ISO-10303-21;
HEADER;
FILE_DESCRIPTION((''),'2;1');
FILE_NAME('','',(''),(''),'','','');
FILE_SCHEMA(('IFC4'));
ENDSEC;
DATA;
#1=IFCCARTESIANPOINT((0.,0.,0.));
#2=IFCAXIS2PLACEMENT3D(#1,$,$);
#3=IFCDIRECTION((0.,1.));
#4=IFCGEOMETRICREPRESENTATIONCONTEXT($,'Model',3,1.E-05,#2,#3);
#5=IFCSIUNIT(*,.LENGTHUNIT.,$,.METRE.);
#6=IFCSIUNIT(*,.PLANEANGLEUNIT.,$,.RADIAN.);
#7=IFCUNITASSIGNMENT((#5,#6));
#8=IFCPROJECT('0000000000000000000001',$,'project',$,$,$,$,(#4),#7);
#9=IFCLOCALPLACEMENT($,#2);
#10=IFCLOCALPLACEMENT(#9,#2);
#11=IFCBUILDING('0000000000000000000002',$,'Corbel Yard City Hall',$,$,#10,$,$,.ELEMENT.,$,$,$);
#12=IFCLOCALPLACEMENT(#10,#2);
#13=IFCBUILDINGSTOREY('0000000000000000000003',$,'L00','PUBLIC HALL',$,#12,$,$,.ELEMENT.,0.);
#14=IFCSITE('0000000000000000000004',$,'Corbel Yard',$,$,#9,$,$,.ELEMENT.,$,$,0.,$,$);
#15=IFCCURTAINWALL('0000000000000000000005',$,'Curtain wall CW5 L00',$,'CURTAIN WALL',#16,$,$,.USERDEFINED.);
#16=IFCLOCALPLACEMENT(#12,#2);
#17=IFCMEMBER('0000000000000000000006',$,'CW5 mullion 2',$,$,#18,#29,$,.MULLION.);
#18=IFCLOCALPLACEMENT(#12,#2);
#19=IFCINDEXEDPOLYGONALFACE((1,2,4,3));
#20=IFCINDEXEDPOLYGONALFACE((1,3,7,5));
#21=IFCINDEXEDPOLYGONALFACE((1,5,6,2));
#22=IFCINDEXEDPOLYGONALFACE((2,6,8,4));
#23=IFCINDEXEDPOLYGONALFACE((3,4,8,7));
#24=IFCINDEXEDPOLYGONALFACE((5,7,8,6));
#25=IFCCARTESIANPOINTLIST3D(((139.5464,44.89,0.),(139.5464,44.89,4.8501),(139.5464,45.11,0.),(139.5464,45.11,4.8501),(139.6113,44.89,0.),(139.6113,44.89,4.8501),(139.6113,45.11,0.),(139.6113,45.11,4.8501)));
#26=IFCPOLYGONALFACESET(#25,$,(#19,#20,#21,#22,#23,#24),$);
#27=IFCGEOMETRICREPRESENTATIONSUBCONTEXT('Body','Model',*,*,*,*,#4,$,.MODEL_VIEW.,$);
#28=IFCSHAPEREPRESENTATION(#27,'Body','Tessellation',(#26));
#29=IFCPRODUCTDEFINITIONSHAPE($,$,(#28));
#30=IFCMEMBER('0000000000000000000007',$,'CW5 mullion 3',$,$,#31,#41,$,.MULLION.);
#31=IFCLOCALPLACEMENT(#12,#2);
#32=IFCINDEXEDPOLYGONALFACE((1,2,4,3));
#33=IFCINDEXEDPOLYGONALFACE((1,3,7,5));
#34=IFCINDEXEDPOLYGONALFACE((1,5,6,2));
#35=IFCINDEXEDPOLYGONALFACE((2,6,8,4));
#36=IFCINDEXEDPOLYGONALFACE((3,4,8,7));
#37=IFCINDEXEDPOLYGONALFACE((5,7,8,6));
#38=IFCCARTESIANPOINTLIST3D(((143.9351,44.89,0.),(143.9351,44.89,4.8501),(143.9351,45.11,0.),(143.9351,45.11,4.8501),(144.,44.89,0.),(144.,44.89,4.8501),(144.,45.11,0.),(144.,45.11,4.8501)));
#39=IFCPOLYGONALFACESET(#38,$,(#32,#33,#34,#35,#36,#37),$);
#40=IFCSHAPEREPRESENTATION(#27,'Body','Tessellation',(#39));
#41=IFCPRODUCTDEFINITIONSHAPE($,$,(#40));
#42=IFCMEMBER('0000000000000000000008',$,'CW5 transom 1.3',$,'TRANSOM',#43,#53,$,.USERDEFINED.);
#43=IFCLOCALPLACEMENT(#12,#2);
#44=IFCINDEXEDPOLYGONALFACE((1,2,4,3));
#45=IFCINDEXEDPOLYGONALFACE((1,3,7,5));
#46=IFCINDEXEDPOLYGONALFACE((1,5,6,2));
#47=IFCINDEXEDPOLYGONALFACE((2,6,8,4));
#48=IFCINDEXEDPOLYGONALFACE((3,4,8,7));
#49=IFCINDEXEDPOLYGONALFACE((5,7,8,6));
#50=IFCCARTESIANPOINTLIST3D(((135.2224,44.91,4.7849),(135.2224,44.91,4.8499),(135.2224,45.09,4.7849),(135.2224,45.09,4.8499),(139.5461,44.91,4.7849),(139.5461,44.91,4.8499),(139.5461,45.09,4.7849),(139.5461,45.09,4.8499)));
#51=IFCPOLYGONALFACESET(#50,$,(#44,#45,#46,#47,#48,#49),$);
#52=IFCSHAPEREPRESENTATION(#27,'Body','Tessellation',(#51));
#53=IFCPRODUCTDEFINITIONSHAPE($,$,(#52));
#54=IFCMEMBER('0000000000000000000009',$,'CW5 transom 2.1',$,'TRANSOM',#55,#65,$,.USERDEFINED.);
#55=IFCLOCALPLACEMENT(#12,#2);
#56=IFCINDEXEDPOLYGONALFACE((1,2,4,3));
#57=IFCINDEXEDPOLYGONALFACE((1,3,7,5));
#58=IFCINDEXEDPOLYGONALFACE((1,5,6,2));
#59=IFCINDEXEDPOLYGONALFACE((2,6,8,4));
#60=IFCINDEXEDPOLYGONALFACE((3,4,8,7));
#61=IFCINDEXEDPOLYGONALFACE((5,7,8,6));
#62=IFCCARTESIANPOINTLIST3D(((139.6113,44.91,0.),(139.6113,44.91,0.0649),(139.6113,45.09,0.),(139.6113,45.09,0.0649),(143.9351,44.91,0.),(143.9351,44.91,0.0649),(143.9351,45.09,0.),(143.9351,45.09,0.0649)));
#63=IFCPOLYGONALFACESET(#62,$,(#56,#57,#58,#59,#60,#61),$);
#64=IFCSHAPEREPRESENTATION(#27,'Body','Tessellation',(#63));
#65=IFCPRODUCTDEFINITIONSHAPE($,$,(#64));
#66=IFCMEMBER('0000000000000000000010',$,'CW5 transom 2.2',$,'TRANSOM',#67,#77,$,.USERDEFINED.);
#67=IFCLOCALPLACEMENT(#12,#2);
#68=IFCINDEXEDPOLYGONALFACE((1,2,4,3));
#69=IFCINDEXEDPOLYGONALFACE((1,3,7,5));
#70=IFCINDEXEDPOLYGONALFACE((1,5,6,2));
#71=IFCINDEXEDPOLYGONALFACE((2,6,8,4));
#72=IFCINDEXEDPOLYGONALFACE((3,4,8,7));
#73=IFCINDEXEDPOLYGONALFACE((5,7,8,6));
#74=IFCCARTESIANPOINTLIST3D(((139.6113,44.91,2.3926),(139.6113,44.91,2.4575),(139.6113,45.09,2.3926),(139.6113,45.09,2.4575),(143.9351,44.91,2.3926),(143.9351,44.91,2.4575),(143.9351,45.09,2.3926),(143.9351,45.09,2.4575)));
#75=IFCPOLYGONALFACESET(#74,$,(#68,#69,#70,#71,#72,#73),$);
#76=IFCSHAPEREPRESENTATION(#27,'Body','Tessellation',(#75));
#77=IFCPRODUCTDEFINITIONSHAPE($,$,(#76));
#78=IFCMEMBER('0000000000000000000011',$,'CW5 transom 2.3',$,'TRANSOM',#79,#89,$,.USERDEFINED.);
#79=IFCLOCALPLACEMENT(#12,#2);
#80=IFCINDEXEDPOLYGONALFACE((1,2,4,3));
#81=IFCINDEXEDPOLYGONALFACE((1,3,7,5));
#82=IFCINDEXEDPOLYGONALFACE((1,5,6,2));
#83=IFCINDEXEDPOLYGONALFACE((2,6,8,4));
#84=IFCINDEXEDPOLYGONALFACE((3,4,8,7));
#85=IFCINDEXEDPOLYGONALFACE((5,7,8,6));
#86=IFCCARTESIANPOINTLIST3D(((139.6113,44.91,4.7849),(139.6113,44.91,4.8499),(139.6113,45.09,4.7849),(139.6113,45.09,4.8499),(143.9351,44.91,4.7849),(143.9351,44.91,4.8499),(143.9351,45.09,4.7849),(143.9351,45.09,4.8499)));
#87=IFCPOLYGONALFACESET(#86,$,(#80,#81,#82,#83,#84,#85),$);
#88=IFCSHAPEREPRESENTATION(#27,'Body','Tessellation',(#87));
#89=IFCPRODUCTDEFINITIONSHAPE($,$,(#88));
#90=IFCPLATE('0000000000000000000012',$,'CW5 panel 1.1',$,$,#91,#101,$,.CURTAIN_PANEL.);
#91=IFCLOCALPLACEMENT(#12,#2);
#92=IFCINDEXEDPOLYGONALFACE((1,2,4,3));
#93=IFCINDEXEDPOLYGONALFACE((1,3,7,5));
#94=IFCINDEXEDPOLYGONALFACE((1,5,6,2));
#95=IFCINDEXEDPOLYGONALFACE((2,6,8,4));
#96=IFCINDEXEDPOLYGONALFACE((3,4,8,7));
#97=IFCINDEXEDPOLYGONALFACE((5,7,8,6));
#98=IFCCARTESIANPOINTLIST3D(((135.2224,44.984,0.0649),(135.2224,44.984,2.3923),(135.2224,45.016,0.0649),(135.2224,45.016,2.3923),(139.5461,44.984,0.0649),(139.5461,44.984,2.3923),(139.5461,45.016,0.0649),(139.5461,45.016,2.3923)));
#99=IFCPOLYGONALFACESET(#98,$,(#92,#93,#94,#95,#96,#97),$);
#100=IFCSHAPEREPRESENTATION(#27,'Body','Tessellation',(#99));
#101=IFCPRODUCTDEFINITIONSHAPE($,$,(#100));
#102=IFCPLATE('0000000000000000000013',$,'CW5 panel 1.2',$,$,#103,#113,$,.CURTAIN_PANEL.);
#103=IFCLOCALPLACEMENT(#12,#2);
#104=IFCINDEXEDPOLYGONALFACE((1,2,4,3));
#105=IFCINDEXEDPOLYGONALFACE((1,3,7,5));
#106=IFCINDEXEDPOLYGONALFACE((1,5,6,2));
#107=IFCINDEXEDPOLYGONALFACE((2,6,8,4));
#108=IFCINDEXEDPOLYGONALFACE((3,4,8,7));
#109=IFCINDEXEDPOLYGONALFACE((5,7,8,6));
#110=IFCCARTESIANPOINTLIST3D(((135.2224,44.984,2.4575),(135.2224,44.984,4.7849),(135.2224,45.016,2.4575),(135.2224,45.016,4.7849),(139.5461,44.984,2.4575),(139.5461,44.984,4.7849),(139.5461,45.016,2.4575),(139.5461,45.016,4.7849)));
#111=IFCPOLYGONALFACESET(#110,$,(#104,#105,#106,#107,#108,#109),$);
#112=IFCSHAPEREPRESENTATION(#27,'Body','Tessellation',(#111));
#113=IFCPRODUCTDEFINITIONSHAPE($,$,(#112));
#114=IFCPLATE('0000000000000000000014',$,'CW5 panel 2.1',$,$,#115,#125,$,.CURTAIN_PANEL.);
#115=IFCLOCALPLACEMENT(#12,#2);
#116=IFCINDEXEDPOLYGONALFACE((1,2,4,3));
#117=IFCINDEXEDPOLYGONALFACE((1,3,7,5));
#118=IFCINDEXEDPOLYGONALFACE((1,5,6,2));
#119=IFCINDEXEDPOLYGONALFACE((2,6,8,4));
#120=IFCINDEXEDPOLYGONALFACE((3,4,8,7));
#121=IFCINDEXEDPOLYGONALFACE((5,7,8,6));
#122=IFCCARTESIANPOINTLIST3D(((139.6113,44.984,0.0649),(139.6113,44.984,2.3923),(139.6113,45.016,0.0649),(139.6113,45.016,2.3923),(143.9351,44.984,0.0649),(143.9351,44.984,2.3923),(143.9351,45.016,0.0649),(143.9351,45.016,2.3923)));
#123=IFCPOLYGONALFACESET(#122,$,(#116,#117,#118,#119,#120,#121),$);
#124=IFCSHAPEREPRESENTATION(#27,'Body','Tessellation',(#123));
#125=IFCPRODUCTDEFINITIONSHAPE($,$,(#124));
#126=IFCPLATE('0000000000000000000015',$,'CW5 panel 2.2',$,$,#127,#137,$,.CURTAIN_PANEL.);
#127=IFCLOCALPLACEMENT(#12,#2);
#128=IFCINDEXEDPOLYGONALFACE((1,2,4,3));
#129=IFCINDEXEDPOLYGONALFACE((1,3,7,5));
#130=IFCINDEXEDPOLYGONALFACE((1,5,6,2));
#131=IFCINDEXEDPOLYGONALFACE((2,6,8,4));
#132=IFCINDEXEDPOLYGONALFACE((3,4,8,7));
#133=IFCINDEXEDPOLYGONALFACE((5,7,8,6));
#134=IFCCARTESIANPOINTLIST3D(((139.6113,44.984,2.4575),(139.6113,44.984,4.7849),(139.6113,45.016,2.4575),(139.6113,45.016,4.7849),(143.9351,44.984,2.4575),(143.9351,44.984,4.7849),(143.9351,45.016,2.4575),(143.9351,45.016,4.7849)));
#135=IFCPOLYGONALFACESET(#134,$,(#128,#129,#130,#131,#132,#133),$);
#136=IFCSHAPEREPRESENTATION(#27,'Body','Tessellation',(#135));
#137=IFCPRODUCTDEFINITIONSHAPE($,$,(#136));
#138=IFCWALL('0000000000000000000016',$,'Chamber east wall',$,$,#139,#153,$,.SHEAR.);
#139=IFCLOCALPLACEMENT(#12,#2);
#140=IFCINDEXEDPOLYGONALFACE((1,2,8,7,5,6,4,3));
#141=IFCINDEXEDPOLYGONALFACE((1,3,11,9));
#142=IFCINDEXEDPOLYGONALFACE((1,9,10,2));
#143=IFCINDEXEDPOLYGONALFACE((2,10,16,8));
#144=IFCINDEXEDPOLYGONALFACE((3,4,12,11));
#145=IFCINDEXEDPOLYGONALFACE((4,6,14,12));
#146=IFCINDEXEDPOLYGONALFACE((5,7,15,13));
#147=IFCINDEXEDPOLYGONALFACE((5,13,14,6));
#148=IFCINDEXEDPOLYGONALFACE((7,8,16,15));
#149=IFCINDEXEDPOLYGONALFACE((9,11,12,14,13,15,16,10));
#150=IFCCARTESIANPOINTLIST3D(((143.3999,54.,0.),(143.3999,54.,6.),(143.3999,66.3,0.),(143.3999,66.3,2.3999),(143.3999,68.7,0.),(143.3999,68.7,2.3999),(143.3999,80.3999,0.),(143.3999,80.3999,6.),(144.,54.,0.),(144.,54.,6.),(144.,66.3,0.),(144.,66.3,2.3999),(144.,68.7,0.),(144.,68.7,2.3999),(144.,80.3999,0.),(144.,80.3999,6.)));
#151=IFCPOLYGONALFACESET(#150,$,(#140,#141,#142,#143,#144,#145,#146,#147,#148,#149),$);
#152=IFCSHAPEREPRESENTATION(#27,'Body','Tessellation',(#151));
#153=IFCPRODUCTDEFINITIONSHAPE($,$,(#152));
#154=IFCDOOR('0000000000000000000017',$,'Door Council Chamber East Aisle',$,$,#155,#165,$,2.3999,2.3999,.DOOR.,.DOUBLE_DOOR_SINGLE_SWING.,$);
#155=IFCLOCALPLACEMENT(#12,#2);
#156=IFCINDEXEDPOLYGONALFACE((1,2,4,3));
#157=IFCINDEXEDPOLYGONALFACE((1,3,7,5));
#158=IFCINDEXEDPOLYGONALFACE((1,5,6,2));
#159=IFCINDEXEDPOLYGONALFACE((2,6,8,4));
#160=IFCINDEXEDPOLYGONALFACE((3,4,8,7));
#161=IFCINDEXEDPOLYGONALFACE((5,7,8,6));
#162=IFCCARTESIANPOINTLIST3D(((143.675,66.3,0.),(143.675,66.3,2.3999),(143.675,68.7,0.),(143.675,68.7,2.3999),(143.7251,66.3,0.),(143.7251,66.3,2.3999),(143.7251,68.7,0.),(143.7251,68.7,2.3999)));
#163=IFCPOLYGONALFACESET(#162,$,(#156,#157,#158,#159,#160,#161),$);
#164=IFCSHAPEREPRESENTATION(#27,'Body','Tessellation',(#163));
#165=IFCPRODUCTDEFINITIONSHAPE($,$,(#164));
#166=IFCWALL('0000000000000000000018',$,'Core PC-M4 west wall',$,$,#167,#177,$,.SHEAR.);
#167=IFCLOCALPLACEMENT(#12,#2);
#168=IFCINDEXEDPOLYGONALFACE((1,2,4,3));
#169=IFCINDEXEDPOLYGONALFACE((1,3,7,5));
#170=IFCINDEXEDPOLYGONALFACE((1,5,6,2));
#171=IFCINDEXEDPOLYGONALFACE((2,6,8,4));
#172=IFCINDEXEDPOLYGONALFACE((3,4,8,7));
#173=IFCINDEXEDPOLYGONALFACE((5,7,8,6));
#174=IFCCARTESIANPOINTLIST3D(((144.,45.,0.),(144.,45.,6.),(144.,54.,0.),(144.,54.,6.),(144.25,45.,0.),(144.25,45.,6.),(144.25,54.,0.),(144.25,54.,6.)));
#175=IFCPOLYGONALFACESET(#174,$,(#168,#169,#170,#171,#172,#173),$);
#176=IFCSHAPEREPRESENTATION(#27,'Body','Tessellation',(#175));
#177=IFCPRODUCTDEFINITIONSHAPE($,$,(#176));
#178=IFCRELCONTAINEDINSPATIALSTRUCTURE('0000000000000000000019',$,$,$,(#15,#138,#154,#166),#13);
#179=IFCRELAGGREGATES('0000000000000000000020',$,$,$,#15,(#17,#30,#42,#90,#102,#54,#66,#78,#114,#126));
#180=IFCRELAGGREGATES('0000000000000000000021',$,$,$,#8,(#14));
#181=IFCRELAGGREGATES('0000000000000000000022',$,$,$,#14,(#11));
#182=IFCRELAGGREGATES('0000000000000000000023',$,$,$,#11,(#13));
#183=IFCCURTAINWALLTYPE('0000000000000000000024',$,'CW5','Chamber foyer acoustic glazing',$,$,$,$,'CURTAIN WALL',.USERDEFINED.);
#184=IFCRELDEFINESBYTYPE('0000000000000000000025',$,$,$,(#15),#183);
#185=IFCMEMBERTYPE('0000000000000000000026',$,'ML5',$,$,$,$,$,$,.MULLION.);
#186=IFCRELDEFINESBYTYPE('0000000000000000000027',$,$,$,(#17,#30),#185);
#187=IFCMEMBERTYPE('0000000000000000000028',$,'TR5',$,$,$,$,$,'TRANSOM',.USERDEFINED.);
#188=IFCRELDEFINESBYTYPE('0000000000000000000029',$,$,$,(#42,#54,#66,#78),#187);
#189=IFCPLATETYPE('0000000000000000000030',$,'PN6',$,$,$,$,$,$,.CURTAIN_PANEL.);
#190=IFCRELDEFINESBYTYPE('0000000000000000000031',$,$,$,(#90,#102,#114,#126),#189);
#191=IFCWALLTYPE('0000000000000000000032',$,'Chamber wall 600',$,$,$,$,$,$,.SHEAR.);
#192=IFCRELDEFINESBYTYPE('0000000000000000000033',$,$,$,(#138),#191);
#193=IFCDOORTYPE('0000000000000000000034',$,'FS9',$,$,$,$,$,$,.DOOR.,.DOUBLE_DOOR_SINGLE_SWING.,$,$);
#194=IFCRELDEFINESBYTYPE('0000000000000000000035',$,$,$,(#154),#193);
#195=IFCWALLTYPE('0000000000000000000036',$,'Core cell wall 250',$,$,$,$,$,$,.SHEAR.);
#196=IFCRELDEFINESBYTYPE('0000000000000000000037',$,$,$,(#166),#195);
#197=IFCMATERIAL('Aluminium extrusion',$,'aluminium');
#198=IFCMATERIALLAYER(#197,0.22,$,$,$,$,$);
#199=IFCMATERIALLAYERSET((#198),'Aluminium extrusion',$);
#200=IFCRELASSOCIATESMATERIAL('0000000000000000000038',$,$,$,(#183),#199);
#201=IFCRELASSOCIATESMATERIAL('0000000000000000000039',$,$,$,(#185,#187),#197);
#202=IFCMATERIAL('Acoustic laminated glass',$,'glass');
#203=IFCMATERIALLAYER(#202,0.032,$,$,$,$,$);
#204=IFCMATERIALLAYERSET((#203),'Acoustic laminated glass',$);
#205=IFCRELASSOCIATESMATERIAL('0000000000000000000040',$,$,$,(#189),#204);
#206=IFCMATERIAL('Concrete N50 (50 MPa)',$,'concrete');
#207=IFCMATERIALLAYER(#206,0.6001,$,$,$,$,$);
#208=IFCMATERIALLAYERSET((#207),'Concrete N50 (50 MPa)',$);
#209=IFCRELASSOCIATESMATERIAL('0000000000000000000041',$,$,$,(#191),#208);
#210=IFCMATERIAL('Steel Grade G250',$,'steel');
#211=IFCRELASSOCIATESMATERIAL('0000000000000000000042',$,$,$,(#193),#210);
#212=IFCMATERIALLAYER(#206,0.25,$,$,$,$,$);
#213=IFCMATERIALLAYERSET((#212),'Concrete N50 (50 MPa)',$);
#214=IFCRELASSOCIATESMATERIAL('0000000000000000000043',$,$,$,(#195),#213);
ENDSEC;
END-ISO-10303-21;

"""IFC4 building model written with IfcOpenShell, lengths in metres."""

from ifc_helpers import new_model, si_unit, direction, frame, frame_2d, origin, origin_2d, place, context, subcontext, project, spatial, rectangle, extrude, material, layer, layer_set, material_profile, profile_set, type_object, element, fill, aggregate, save


model = new_model("IFC4")

# Units and contexts
model_context = context("Model", 3, precision=1e-05, world=origin(), true_north=direction((0.0, 1.0)))
body_context = subcontext(model_context, "Body", "Model", "MODEL_VIEW")
ifc_project = project(units=[si_unit("LENGTHUNIT", "METRE"), si_unit("PLANEANGLEUNIT", "RADIAN")], contexts=[model_context])

# Site, building, storey
site_placement = place(None, origin())
site = spatial("IfcSite", under=ifc_project, at=site_placement, Name="Corbel Yard", CompositionType="ELEMENT", RefElevation=0.0)
building_placement = place(site_placement, origin())
building = spatial("IfcBuilding", under=site, at=building_placement, Name="Corbel Yard City Hall", CompositionType="ELEMENT")
storey_placement = place(building_placement, origin())
storey = spatial("IfcBuildingStorey", under=building, at=storey_placement, Name="L00", Description="PUBLIC HALL", CompositionType="ELEMENT", Elevation=0.0)

# Curtain wall, members, plates
ifc_material_1 = material(Name="Aluminium extrusion", Category="aluminium")
ifc_layer_1 = layer(ifc_material_1, 0.22)
ifc_layer_set_1 = layer_set([ifc_layer_1], Name="Aluminium extrusion")
curtain_wall_type = type_object("IfcCurtainWallType", Name="CW5", Description="Chamber foyer acoustic glazing", ElementType="CURTAIN WALL", PredefinedType="USERDEFINED", material=ifc_layer_set_1)
curtain_wall_placement = place(storey_placement, origin())
curtain_wall = element("IfcCurtainWall", 1, at=curtain_wall_placement, inside=storey, type_object=curtain_wall_type, Name="Curtain wall CW5 L00", ObjectType="CURTAIN WALL", PredefinedType="USERDEFINED")
ifc_material_profile_1 = material_profile(ifc_material_1, rectangle(XDim=0.22, YDim=0.0649, at=origin_2d()), Name="220x65")
ifc_profile_set_1 = profile_set([ifc_material_profile_1], Name="Aluminium extrusion")
member_type_1 = type_object("IfcMemberType", Name="ML5", PredefinedType="MULLION", material=ifc_profile_set_1)
member_1_placement = place(storey_placement, frame((139.5789, 45.0, 0.0), z_axis=(0.0, 0.0, 1.0), x_axis=(0.0, 1.0, 0.0)))
member_1 = element("IfcMember", 2, at=member_1_placement, type_object=member_type_1, Name="CW5 mullion 2", PredefinedType="MULLION", context=body_context, shape_type="SweptSolid", body=[
    extrude(rectangle(XDim=0.22, YDim=0.0649, at=origin_2d()), origin(), (0.0, 0.0, 1.0), 4.8501),
])
member_2_placement = place(storey_placement, frame((143.9675, 45.0, 0.0), z_axis=(0.0, 0.0, 1.0), x_axis=(0.0, 1.0, 0.0)))
member_2 = element("IfcMember", 3, at=member_2_placement, type_object=member_type_1, Name="CW5 mullion 3", PredefinedType="MULLION", context=body_context, shape_type="SweptSolid", body=[
    extrude(rectangle(XDim=0.22, YDim=0.0649, at=origin_2d()), origin(), (0.0, 0.0, 1.0), 4.8501),
])
ifc_material_profile_2 = material_profile(ifc_material_1, rectangle(XDim=0.1799, YDim=0.0649, at=origin_2d()), Name="180x65")
ifc_profile_set_2 = profile_set([ifc_material_profile_2], Name="Aluminium extrusion")
member_type_2 = type_object("IfcMemberType", Name="TR5", ElementType="TRANSOM", PredefinedType="USERDEFINED", material=ifc_profile_set_2)
member_3_placement = place(storey_placement, frame((135.2224, 45.0, 4.8174), z_axis=(1.0, 0.0, 0.0), x_axis=(0.0, 1.0, 0.0)))
member_3 = element("IfcMember", 4, at=member_3_placement, type_object=member_type_2, Name="CW5 transom 1.3", ObjectType="TRANSOM", PredefinedType="USERDEFINED", context=body_context, shape_type="SweptSolid", body=[
    extrude(rectangle(XDim=0.1799, YDim=0.0649, at=origin_2d()), origin(), (0.0, 0.0, 1.0), 4.3237),
])
member_4_placement = place(storey_placement, frame((139.6113, 45.0, 0.0325), z_axis=(1.0, 0.0, 0.0), x_axis=(0.0, 1.0, 0.0)))
member_4 = element("IfcMember", 5, at=member_4_placement, type_object=member_type_2, Name="CW5 transom 2.1", ObjectType="TRANSOM", PredefinedType="USERDEFINED", context=body_context, shape_type="SweptSolid", body=[
    extrude(rectangle(XDim=0.1799, YDim=0.0649, at=origin_2d()), origin(), (0.0, 0.0, 1.0), 4.3237),
])
member_5_placement = place(storey_placement, frame((139.6113, 45.0, 2.425), z_axis=(1.0, 0.0, 0.0), x_axis=(0.0, 1.0, 0.0)))
member_5 = element("IfcMember", 6, at=member_5_placement, type_object=member_type_2, Name="CW5 transom 2.2", ObjectType="TRANSOM", PredefinedType="USERDEFINED", context=body_context, shape_type="SweptSolid", body=[
    extrude(rectangle(XDim=0.1799, YDim=0.0649, at=origin_2d()), origin(), (0.0, 0.0, 1.0), 4.3237),
])
member_6_placement = place(storey_placement, frame((139.6113, 45.0, 4.8174), z_axis=(1.0, 0.0, 0.0), x_axis=(0.0, 1.0, 0.0)))
member_6 = element("IfcMember", 7, at=member_6_placement, type_object=member_type_2, Name="CW5 transom 2.3", ObjectType="TRANSOM", PredefinedType="USERDEFINED", context=body_context, shape_type="SweptSolid", body=[
    extrude(rectangle(XDim=0.1799, YDim=0.0649, at=origin_2d()), origin(), (0.0, 0.0, 1.0), 4.3237),
])
ifc_material_2 = material(Name="Acoustic laminated glass", Category="glass")
ifc_layer_2 = layer(ifc_material_2, 0.032)
ifc_layer_set_2 = layer_set([ifc_layer_2], Name="Acoustic laminated glass")
plate_type = type_object("IfcPlateType", Name="PN6", PredefinedType="CURTAIN_PANEL", material=ifc_layer_set_2)
plate_1_placement = place(storey_placement, frame((137.3843, 45.0, 0.0649), z_axis=(0.0, 0.0, 1.0), x_axis=(1.0, 0.0, 0.0)))
plate_1 = element("IfcPlate", 8, at=plate_1_placement, type_object=plate_type, Name="CW5 panel 1.1", PredefinedType="CURTAIN_PANEL", context=body_context, shape_type="SweptSolid", body=[
    extrude(rectangle(XDim=4.3237, YDim=0.032, at=origin_2d()), origin(), (0.0, 0.0, 1.0), 2.3274),
])
plate_2_placement = place(storey_placement, frame((137.3843, 45.0, 2.4575), z_axis=(0.0, 0.0, 1.0), x_axis=(1.0, 0.0, 0.0)))
plate_2 = element("IfcPlate", 9, at=plate_2_placement, type_object=plate_type, Name="CW5 panel 1.2", PredefinedType="CURTAIN_PANEL", context=body_context, shape_type="SweptSolid", body=[
    extrude(rectangle(XDim=4.3237, YDim=0.032, at=origin_2d()), origin(), (0.0, 0.0, 1.0), 2.3274),
])
plate_3_placement = place(storey_placement, frame((141.7732, 45.0, 0.0649), z_axis=(0.0, 0.0, 1.0), x_axis=(1.0, 0.0, 0.0)))
plate_3 = element("IfcPlate", 10, at=plate_3_placement, type_object=plate_type, Name="CW5 panel 2.1", PredefinedType="CURTAIN_PANEL", context=body_context, shape_type="SweptSolid", body=[
    extrude(rectangle(XDim=4.3237, YDim=0.032, at=origin_2d()), origin(), (0.0, 0.0, 1.0), 2.3274),
])
plate_4_placement = place(storey_placement, frame((141.7732, 45.0, 2.4575), z_axis=(0.0, 0.0, 1.0), x_axis=(1.0, 0.0, 0.0)))
plate_4 = element("IfcPlate", 11, at=plate_4_placement, type_object=plate_type, Name="CW5 panel 2.2", PredefinedType="CURTAIN_PANEL", context=body_context, shape_type="SweptSolid", body=[
    extrude(rectangle(XDim=4.3237, YDim=0.032, at=origin_2d()), origin(), (0.0, 0.0, 1.0), 2.3274),
])
aggregate(curtain_wall, [member_1, member_2, member_3, plate_1, plate_2, member_4, member_5, member_6, plate_3, plate_4])

# Wall, opening, door
ifc_material_3 = material(Name="Concrete N50 (50 MPa)", Category="concrete")
ifc_layer_3 = layer(ifc_material_3, 0.6001)
ifc_layer_set_3 = layer_set([ifc_layer_3], Name="Concrete N50 (50 MPa)")
wall_type_1 = type_object("IfcWallType", Name="Chamber wall 600", PredefinedType="SHEAR", material=ifc_layer_set_3)
wall_1_placement = place(storey_placement, frame((143.7, 54.0, 0.0), z_axis=(0.0, 0.0, 1.0), x_axis=(0.0, 1.0, 0.0)))
wall_1 = element("IfcWall", 12, at=wall_1_placement, inside=storey, type_object=wall_type_1, Name="Chamber east wall", PredefinedType="SHEAR", context=body_context, shape_type="SweptSolid", body=[
    extrude(rectangle(XDim=26.3999, YDim=0.6001, at=frame_2d((13.2, 0.0))), origin(), (0.0, 0.0, 1.0), 6.0),
])
opening_1_placement = place(wall_1_placement, frame((12.3, 0.0, 0.0)))
opening_1 = element("IfcOpeningElement", 13, at=opening_1_placement, cuts=wall_1, PredefinedType="OPENING", context=body_context, shape_type="SweptSolid", body=[
    extrude(rectangle(XDim=2.3999, YDim=2.3999, at=frame_2d((1.2, 1.2))), frame((0.0, 0.3101, 0.0), z_axis=(0.0, -1.0, 0.0), x_axis=(1.0, 0.0, 0.0)), (0.0, 0.0, 1.0), 0.6201),
])
ifc_material_4 = material(Name="Steel Grade G250", Category="steel")
door_type_1 = type_object("IfcDoorType", Name="FS9", OperationType="DOUBLE_DOOR_SINGLE_SWING", PredefinedType="DOOR", material=ifc_material_4)
door_1_placement = place(opening_1_placement, origin())
door_1 = element("IfcDoor", 14, at=door_1_placement, inside=storey, type_object=door_type_1, Name="Door Council Chamber East Aisle", OperationType="DOUBLE_DOOR_SINGLE_SWING", OverallHeight=2.3999, OverallWidth=2.3999, PredefinedType="DOOR", context=body_context, shape_type="SweptSolid", body=[
    extrude(rectangle(XDim=2.3999, YDim=2.3999, at=frame_2d((1.2, 1.2))), frame((0.0, 0.0249, 0.0), z_axis=(0.0, -1.0, 0.0), x_axis=(1.0, 0.0, 0.0)), (0.0, 0.0, 1.0), 0.05),
])
fill(opening_1, door_1)

# Wall
ifc_layer_4 = layer(ifc_material_3, 0.25)
ifc_layer_set_4 = layer_set([ifc_layer_4], Name="Concrete N50 (50 MPa)")
wall_type_2 = type_object("IfcWallType", Name="Core cell wall 250", PredefinedType="SHEAR", material=ifc_layer_set_4)
wall_2_placement = place(storey_placement, frame((144.125, 45.0, 0.0), z_axis=(0.0, 0.0, 1.0), x_axis=(0.0, 1.0, 0.0)))
element("IfcWall", 15, at=wall_2_placement, inside=storey, type_object=wall_type_2, Name="Core PC-M4 west wall", PredefinedType="SHEAR", context=body_context, shape_type="SweptSolid", body=[
    extrude(rectangle(XDim=9.0, YDim=0.25, at=frame_2d((4.5, 0.0))), origin(), (0.0, 0.0, 1.0), 6.0),
])

save(model, "model.ifc")
